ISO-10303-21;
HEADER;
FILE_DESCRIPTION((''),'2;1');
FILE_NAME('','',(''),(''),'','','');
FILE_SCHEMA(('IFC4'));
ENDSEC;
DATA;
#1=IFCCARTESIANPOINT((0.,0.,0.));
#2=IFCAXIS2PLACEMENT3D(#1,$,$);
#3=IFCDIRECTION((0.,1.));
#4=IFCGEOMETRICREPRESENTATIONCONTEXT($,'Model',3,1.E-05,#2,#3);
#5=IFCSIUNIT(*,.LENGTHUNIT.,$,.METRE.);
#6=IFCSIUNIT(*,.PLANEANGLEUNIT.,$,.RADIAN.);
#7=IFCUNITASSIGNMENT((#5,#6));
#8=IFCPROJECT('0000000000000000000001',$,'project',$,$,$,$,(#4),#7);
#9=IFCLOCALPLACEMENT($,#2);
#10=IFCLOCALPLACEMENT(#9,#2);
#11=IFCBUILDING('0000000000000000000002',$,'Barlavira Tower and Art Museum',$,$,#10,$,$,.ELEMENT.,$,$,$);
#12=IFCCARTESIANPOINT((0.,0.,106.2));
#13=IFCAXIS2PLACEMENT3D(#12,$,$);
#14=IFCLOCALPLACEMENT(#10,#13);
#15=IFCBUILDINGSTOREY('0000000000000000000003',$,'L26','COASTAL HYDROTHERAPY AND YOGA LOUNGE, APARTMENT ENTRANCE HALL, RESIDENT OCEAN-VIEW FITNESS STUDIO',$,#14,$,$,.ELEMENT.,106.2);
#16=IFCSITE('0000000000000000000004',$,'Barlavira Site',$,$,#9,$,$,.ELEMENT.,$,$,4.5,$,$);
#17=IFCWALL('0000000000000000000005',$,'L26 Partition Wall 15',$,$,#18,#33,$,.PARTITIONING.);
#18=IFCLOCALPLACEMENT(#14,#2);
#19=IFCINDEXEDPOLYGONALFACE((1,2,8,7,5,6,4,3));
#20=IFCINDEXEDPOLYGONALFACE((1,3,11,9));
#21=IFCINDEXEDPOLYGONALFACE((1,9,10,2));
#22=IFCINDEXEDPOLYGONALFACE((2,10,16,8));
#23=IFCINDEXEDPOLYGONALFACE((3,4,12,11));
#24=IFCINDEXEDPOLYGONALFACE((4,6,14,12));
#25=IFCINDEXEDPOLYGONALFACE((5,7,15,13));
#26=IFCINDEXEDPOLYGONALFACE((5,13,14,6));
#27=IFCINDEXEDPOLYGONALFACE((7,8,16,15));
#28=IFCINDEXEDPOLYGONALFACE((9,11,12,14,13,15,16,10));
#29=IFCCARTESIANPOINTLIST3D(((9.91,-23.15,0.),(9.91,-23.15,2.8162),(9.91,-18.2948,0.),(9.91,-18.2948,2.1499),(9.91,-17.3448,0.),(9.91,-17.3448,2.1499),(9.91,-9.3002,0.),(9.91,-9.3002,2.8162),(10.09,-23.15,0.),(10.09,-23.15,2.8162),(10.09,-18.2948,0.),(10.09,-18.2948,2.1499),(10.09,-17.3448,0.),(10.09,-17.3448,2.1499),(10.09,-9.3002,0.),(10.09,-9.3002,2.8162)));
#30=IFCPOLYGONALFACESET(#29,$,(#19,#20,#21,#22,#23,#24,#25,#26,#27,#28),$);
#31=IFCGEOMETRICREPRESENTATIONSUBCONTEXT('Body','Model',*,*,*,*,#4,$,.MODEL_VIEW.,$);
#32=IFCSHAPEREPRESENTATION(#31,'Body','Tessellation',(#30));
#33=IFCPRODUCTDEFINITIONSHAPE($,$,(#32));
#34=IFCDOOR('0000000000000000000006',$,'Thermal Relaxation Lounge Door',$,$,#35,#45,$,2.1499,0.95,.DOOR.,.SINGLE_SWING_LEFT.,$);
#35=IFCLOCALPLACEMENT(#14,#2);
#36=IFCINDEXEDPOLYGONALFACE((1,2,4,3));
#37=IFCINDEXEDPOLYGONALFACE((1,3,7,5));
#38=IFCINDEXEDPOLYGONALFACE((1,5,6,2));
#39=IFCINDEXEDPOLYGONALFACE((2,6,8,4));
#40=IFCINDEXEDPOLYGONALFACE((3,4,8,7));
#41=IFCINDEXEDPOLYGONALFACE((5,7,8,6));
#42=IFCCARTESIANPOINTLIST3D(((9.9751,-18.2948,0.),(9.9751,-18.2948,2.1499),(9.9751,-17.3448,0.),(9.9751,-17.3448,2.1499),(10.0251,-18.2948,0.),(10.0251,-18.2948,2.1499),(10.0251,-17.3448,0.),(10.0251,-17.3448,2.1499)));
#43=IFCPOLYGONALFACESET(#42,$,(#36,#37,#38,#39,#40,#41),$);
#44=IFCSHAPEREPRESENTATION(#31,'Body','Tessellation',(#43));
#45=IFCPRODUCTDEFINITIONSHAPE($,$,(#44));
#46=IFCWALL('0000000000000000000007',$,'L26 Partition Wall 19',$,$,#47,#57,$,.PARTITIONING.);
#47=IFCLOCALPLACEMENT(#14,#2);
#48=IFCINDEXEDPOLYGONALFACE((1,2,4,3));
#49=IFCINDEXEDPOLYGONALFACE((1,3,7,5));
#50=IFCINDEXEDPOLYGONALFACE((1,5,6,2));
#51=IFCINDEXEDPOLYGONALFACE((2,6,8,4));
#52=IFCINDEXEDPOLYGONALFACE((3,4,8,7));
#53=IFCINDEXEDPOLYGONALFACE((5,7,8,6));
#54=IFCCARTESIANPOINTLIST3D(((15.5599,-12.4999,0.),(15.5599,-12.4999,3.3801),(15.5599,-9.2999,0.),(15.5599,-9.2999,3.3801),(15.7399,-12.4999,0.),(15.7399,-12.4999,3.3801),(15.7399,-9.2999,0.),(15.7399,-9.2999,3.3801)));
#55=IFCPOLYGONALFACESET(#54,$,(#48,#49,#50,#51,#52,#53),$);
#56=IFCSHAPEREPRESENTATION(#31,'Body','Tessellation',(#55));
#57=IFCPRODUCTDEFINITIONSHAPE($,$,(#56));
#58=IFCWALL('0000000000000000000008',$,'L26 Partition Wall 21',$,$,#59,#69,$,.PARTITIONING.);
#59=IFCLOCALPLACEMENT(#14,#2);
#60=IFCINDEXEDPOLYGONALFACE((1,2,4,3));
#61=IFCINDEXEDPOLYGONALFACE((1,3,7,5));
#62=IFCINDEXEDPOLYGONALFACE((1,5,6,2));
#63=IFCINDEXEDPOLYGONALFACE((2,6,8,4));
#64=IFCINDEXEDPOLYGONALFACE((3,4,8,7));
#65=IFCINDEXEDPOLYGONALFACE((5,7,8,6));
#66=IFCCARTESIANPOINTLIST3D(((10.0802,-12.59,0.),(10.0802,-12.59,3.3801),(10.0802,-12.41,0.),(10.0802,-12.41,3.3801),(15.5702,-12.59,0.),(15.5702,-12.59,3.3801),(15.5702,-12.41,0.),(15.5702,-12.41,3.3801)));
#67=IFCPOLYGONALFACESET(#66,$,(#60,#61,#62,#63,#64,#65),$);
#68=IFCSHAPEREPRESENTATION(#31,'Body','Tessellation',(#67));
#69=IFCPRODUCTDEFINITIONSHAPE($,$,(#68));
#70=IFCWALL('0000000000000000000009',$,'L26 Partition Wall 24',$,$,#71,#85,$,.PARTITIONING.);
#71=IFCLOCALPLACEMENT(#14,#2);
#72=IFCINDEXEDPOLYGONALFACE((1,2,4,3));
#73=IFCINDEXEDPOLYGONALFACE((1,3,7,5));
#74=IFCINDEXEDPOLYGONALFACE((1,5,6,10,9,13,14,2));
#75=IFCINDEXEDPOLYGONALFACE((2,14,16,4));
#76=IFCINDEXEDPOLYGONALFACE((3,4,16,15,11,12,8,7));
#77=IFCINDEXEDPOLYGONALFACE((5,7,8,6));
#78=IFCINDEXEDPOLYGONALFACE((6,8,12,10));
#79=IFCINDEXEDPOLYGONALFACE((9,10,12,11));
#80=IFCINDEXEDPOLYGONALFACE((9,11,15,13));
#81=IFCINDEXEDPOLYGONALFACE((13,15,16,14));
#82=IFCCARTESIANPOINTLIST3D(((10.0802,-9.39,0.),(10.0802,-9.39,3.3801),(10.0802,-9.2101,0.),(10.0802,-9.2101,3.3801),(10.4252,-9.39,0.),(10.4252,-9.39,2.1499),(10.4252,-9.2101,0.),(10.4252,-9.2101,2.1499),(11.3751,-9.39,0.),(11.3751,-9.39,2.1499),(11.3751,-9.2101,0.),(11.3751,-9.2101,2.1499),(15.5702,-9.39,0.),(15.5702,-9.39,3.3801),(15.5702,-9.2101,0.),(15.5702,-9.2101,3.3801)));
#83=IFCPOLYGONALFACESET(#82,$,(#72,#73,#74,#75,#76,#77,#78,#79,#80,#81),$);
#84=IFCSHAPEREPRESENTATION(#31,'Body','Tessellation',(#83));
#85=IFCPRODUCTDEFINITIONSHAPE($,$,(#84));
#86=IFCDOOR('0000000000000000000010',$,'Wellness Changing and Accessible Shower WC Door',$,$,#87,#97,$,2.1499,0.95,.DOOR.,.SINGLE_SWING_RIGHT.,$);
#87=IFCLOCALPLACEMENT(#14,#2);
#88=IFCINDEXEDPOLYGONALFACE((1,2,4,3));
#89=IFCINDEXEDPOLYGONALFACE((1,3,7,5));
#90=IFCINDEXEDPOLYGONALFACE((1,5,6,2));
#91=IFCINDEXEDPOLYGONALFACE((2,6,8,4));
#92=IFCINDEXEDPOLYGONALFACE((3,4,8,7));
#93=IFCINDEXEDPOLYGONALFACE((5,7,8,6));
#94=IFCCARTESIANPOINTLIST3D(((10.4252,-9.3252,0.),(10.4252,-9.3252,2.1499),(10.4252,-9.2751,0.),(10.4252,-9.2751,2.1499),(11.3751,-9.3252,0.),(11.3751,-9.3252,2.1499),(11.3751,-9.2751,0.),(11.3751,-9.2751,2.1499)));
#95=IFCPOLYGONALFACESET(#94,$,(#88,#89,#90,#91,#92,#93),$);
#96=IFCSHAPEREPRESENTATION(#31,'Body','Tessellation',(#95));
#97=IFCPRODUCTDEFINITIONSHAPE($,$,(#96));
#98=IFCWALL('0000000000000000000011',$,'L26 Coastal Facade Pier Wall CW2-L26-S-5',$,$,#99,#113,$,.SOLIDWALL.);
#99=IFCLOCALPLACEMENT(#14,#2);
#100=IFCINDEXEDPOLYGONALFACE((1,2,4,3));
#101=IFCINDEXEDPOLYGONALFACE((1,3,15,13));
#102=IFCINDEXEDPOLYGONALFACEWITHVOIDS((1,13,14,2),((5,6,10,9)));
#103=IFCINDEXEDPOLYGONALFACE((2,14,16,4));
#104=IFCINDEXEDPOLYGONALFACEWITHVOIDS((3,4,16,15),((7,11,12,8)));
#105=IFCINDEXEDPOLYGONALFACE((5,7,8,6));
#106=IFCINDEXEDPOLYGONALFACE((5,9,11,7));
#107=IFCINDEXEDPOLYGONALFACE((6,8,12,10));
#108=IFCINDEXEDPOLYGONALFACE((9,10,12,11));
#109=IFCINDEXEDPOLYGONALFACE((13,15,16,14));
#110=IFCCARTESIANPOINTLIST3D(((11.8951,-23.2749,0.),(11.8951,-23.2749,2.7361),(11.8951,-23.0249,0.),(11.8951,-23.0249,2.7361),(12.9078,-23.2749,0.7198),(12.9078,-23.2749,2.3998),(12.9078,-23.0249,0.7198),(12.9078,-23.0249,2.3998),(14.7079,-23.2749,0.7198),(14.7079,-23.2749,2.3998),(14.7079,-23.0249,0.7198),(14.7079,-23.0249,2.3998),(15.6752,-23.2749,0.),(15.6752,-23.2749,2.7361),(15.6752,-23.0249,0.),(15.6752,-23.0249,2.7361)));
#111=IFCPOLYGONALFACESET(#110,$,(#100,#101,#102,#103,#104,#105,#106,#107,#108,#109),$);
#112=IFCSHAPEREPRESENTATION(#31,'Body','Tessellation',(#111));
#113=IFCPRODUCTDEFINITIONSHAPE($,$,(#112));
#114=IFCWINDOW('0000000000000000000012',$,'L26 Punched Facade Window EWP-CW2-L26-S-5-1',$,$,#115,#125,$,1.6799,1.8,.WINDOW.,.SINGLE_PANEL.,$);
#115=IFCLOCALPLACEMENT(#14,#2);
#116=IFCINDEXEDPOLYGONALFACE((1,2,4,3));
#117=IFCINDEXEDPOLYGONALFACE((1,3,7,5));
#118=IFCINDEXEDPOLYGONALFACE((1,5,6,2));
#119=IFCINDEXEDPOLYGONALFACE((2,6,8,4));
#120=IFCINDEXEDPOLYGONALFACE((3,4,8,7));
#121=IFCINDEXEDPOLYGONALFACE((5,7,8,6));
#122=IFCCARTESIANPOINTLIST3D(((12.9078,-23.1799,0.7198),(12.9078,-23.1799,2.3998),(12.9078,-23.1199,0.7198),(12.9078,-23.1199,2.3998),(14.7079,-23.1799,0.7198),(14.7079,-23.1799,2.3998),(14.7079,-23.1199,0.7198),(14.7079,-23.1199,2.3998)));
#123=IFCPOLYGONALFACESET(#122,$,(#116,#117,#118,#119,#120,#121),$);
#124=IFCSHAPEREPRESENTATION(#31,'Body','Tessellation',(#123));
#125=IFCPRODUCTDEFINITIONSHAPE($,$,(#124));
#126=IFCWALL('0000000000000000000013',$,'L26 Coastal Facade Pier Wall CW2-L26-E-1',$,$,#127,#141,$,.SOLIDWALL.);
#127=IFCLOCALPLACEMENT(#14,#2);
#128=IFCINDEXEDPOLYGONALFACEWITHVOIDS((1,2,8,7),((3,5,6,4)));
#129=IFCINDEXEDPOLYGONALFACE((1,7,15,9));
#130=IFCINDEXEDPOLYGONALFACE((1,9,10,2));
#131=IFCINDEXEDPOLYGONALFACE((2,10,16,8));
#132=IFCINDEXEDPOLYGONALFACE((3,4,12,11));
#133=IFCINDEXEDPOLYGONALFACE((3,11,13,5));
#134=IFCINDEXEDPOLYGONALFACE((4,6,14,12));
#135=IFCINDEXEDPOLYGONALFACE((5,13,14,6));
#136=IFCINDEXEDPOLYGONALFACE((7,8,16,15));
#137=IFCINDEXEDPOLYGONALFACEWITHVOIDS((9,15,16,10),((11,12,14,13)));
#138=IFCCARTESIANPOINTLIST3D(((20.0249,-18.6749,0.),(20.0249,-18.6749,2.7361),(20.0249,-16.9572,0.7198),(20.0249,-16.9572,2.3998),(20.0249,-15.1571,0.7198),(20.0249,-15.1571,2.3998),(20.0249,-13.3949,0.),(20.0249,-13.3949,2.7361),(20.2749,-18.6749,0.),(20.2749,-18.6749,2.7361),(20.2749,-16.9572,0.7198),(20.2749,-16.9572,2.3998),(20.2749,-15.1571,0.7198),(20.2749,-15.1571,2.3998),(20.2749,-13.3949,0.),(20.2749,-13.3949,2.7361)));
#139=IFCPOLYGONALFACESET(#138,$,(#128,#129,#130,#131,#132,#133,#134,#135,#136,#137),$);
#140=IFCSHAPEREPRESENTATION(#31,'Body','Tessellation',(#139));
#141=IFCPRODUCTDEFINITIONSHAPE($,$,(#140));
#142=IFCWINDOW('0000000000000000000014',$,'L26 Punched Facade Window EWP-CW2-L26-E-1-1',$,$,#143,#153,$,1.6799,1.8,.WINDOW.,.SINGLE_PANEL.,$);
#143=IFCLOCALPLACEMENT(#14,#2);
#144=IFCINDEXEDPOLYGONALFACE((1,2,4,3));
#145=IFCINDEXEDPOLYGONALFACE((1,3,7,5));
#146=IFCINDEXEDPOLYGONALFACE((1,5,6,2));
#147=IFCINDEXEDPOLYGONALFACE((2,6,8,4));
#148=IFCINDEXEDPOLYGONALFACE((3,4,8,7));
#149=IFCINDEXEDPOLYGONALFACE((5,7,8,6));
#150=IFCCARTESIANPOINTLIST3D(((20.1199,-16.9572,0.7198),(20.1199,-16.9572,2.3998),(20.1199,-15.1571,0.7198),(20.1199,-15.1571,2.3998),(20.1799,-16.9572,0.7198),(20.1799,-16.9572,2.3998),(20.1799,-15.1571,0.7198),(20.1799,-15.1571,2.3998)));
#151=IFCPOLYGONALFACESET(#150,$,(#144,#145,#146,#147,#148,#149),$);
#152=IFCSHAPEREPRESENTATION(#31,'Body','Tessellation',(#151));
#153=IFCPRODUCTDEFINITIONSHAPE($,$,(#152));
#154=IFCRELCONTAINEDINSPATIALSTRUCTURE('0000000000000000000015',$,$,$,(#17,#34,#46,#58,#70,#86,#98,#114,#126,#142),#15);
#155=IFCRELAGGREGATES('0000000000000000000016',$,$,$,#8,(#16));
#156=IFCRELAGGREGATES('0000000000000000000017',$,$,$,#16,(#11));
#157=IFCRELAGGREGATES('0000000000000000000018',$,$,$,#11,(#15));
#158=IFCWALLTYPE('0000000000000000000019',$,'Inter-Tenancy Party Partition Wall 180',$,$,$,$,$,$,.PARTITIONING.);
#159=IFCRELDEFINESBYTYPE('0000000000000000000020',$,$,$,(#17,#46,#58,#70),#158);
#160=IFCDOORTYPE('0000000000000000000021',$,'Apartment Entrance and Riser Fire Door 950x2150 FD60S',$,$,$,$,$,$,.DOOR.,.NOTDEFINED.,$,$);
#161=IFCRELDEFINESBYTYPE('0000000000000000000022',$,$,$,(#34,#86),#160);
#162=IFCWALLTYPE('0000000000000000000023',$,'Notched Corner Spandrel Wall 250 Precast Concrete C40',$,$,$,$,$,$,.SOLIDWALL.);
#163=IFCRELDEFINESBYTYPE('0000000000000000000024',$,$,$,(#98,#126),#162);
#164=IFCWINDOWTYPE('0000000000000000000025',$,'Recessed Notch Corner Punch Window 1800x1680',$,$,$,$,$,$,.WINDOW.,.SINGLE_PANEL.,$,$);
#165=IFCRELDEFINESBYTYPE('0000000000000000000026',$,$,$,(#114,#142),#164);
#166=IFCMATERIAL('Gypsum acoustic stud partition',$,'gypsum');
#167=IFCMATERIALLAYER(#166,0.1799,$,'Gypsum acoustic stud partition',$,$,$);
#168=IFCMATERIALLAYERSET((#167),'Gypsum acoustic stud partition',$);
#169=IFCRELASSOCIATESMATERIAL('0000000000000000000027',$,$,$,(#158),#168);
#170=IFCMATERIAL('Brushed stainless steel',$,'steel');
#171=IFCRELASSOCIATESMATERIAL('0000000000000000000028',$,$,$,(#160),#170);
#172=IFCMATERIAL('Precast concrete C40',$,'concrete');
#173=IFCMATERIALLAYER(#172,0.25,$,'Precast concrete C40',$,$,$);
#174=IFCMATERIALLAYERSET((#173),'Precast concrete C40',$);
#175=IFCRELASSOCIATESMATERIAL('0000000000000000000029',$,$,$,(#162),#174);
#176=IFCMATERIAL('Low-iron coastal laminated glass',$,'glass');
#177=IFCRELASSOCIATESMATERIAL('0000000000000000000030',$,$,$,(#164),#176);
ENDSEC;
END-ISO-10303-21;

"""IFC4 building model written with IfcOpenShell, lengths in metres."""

from ifc_helpers import new_model, si_unit, direction, frame, frame_2d, origin, place, context, subcontext, project, spatial, rectangle, extrude, material, layer, layer_set, type_object, element, fill, save


model = new_model("IFC4")

# Units and contexts
model_context = context("Model", 3, precision=1e-05, world=origin(), true_north=direction((0.0, 1.0)))
body_context = subcontext(model_context, "Body", "Model", "MODEL_VIEW")
ifc_project = project(units=[si_unit("LENGTHUNIT", "METRE"), si_unit("PLANEANGLEUNIT", "RADIAN")], contexts=[model_context])

# Site, building, storey
site_placement = place(None, origin())
site = spatial("IfcSite", under=ifc_project, at=site_placement, Name="Barlavira Site", CompositionType="ELEMENT", RefElevation=4.5)
building_placement = place(site_placement, origin())
building = spatial("IfcBuilding", under=site, at=building_placement, Name="Barlavira Tower and Art Museum", CompositionType="ELEMENT")
storey_placement = place(building_placement, frame((0.0, 0.0, 106.2)))
storey = spatial("IfcBuildingStorey", under=building, at=storey_placement, Name="L26", Description="COASTAL HYDROTHERAPY AND YOGA LOUNGE, APARTMENT ENTRANCE HALL, RESIDENT OCEAN-VIEW FITNESS STUDIO", CompositionType="ELEMENT", Elevation=106.2)

# Wall, opening, door
ifc_material_1 = material(Name="Gypsum acoustic stud partition", Category="gypsum")
ifc_layer_1 = layer(ifc_material_1, 0.1799, Name="Gypsum acoustic stud partition")
ifc_layer_set_1 = layer_set([ifc_layer_1], Name="Gypsum acoustic stud partition")
wall_type_1 = type_object("IfcWallType", Name="Inter-Tenancy Party Partition Wall 180", PredefinedType="PARTITIONING", material=ifc_layer_set_1)
wall_1_placement = place(storey_placement, frame((10.0, -23.1499, 0.0), z_axis=(0.0, 0.0, 1.0), x_axis=(0.0, 1.0, 0.0)))
wall_1 = element("IfcWall", 1, at=wall_1_placement, inside=storey, type_object=wall_type_1, Name="L26 Partition Wall 15", PredefinedType="PARTITIONING", context=body_context, shape_type="SweptSolid", body=[
    extrude(rectangle(XDim=13.8499, YDim=0.1799, at=frame_2d((6.9248, 0.0))), origin(), (0.0, 0.0, 1.0), 2.8162),
])
opening_1_placement = place(wall_1_placement, frame((4.855, 0.0, 0.0)))
opening_1 = element("IfcOpeningElement", 2, at=opening_1_placement, cuts=wall_1, PredefinedType="OPENING", context=body_context, shape_type="SweptSolid", body=[
    extrude(rectangle(XDim=0.95, YDim=2.1499, at=frame_2d((0.4751, 1.075))), frame((0.0, 0.1001, 0.0), z_axis=(0.0, -1.0, 0.0), x_axis=(1.0, 0.0, 0.0)), (0.0, 0.0, 1.0), 0.2),
])
ifc_material_2 = material(Name="Brushed stainless steel", Category="steel")
door_type = type_object("IfcDoorType", Name="Apartment Entrance and Riser Fire Door 950x2150 FD60S", OperationType="NOTDEFINED", PredefinedType="DOOR", material=ifc_material_2)
door_1_placement = place(opening_1_placement, origin())
door_1 = element("IfcDoor", 3, at=door_1_placement, inside=storey, type_object=door_type, Name="Thermal Relaxation Lounge Door", OperationType="SINGLE_SWING_LEFT", OverallHeight=2.1499, OverallWidth=0.95, PredefinedType="DOOR", context=body_context, shape_type="SweptSolid", body=[
    extrude(rectangle(XDim=0.95, YDim=2.1499, at=frame_2d((0.4751, 1.075))), frame((0.0, 0.0249, 0.0), z_axis=(0.0, -1.0, 0.0), x_axis=(1.0, 0.0, 0.0)), (0.0, 0.0, 1.0), 0.05),
])
fill(opening_1, door_1)

# Walls
wall_2_placement = place(storey_placement, frame((15.6499, -12.5, 0.0), z_axis=(0.0, 0.0, 1.0), x_axis=(0.0, 1.0, 0.0)))
element("IfcWall", 4, at=wall_2_placement, inside=storey, type_object=wall_type_1, Name="L26 Partition Wall 19", PredefinedType="PARTITIONING", context=body_context, shape_type="SweptSolid", body=[
    extrude(rectangle(XDim=3.2, YDim=0.1799, at=frame_2d((1.6001, 0.0))), origin(), (0.0, 0.0, 1.0), 3.3801),
])
wall_3_placement = place(storey_placement, frame((10.0801, -12.5, 0.0), z_axis=(0.0, 0.0, 1.0), x_axis=(1.0, 0.0, 0.0)))
element("IfcWall", 5, at=wall_3_placement, inside=storey, type_object=wall_type_1, Name="L26 Partition Wall 21", PredefinedType="PARTITIONING", context=body_context, shape_type="SweptSolid", body=[
    extrude(rectangle(XDim=5.49, YDim=0.1799, at=frame_2d((2.7451, 0.0))), origin(), (0.0, 0.0, 1.0), 3.3801),
])

# Wall, opening, door
wall_4_placement = place(storey_placement, frame((10.0801, -9.3, 0.0), z_axis=(0.0, 0.0, 1.0), x_axis=(1.0, 0.0, 0.0)))
wall_4 = element("IfcWall", 6, at=wall_4_placement, inside=storey, type_object=wall_type_1, Name="L26 Partition Wall 24", PredefinedType="PARTITIONING", context=body_context, shape_type="SweptSolid", body=[
    extrude(rectangle(XDim=5.49, YDim=0.1799, at=frame_2d((2.7451, 0.0))), origin(), (0.0, 0.0, 1.0), 3.3801),
])
opening_2_placement = place(wall_4_placement, frame((0.345, 0.0, 0.0)))
opening_2 = element("IfcOpeningElement", 7, at=opening_2_placement, cuts=wall_4, PredefinedType="OPENING", context=body_context, shape_type="SweptSolid", body=[
    extrude(rectangle(XDim=0.95, YDim=2.1499, at=frame_2d((0.4751, 1.075))), frame((0.0, 0.1001, 0.0), z_axis=(0.0, -1.0, 0.0), x_axis=(1.0, 0.0, 0.0)), (0.0, 0.0, 1.0), 0.2),
])
door_2_placement = place(opening_2_placement, origin())
door_2 = element("IfcDoor", 8, at=door_2_placement, inside=storey, type_object=door_type, Name="Wellness Changing and Accessible Shower WC Door", OperationType="SINGLE_SWING_RIGHT", OverallHeight=2.1499, OverallWidth=0.95, PredefinedType="DOOR", context=body_context, shape_type="SweptSolid", body=[
    extrude(rectangle(XDim=0.95, YDim=2.1499, at=frame_2d((0.4751, 1.075))), frame((0.0, 0.0249, 0.0), z_axis=(0.0, -1.0, 0.0), x_axis=(1.0, 0.0, 0.0)), (0.0, 0.0, 1.0), 0.05),
])
fill(opening_2, door_2)

# Walls, openings, windows
ifc_material_3 = material(Name="Precast concrete C40", Category="concrete")
ifc_layer_2 = layer(ifc_material_3, 0.25, Name="Precast concrete C40")
ifc_layer_set_2 = layer_set([ifc_layer_2], Name="Precast concrete C40")
wall_type_2 = type_object("IfcWallType", Name="Notched Corner Spandrel Wall 250 Precast Concrete C40", PredefinedType="SOLIDWALL", material=ifc_layer_set_2)
wall_5_placement = place(storey_placement, frame((11.895, -23.1499, 0.0), z_axis=(0.0, 0.0, 1.0), x_axis=(1.0, 0.0, 0.0)))
wall_5 = element("IfcWall", 9, at=wall_5_placement, inside=storey, type_object=wall_type_2, Name="L26 Coastal Facade Pier Wall CW2-L26-S-5", PredefinedType="SOLIDWALL", context=body_context, shape_type="SweptSolid", body=[
    extrude(rectangle(XDim=3.78, YDim=0.25, at=frame_2d((1.8901, 0.0))), origin(), (0.0, 0.0, 1.0), 2.7361),
])
opening_3_placement = place(wall_5_placement, frame((1.0129, 0.0, 0.72)))
opening_3 = element("IfcOpeningElement", 10, at=opening_3_placement, cuts=wall_5, PredefinedType="OPENING", context=body_context, shape_type="SweptSolid", body=[
    extrude(rectangle(XDim=1.8, YDim=1.6799, at=frame_2d((0.8999, 0.8398))), frame((0.0, 0.135, 0.0), z_axis=(0.0, -1.0, 0.0), x_axis=(1.0, 0.0, 0.0)), (0.0, 0.0, 1.0), 0.27),
])
ifc_material_4 = material(Name="Low-iron coastal laminated glass", Category="glass")
window_type = type_object("IfcWindowType", Name="Recessed Notch Corner Punch Window 1800x1680", PartitioningType="SINGLE_PANEL", PredefinedType="WINDOW", material=ifc_material_4)
window_1_placement = place(opening_3_placement, origin())
window_1 = element("IfcWindow", 11, at=window_1_placement, inside=storey, type_object=window_type, Name="L26 Punched Facade Window EWP-CW2-L26-S-5-1", OverallHeight=1.6799, OverallWidth=1.8, PartitioningType="SINGLE_PANEL", PredefinedType="WINDOW", context=body_context, shape_type="SweptSolid", body=[
    extrude(rectangle(XDim=1.8, YDim=1.6799, at=frame_2d((0.8999, 0.8398))), frame((0.0, 0.03, 0.0), z_axis=(0.0, -1.0, 0.0), x_axis=(1.0, 0.0, 0.0)), (0.0, 0.0, 1.0), 0.0601),
])
fill(opening_3, window_1)
wall_6_placement = place(storey_placement, frame((20.1499, -18.675, 0.0), z_axis=(0.0, 0.0, 1.0), x_axis=(0.0, 1.0, 0.0)))
wall_6 = element("IfcWall", 12, at=wall_6_placement, inside=storey, type_object=wall_type_2, Name="L26 Coastal Facade Pier Wall CW2-L26-E-1", PredefinedType="SOLIDWALL", context=body_context, shape_type="SweptSolid", body=[
    extrude(rectangle(XDim=5.28, YDim=0.25, at=frame_2d((2.6401, 0.0))), origin(), (0.0, 0.0, 1.0), 2.7361),
])
opening_4_placement = place(wall_6_placement, frame((1.718, 0.0, 0.72)))
opening_4 = element("IfcOpeningElement", 13, at=opening_4_placement, cuts=wall_6, PredefinedType="OPENING", context=body_context, shape_type="SweptSolid", body=[
    extrude(rectangle(XDim=1.8, YDim=1.6799, at=frame_2d((0.8999, 0.8398))), frame((0.0, 0.135, 0.0), z_axis=(0.0, -1.0, 0.0), x_axis=(1.0, 0.0, 0.0)), (0.0, 0.0, 1.0), 0.27),
])
window_2_placement = place(opening_4_placement, origin())
window_2 = element("IfcWindow", 14, at=window_2_placement, inside=storey, type_object=window_type, Name="L26 Punched Facade Window EWP-CW2-L26-E-1-1", OverallHeight=1.6799, OverallWidth=1.8, PartitioningType="SINGLE_PANEL", PredefinedType="WINDOW", context=body_context, shape_type="SweptSolid", body=[
    extrude(rectangle(XDim=1.8, YDim=1.6799, at=frame_2d((0.8999, 0.8398))), frame((0.0, 0.03, 0.0), z_axis=(0.0, -1.0, 0.0), x_axis=(1.0, 0.0, 0.0)), (0.0, 0.0, 1.0), 0.0601),
])
fill(opening_4, window_2)

save(model, "model.ifc")
